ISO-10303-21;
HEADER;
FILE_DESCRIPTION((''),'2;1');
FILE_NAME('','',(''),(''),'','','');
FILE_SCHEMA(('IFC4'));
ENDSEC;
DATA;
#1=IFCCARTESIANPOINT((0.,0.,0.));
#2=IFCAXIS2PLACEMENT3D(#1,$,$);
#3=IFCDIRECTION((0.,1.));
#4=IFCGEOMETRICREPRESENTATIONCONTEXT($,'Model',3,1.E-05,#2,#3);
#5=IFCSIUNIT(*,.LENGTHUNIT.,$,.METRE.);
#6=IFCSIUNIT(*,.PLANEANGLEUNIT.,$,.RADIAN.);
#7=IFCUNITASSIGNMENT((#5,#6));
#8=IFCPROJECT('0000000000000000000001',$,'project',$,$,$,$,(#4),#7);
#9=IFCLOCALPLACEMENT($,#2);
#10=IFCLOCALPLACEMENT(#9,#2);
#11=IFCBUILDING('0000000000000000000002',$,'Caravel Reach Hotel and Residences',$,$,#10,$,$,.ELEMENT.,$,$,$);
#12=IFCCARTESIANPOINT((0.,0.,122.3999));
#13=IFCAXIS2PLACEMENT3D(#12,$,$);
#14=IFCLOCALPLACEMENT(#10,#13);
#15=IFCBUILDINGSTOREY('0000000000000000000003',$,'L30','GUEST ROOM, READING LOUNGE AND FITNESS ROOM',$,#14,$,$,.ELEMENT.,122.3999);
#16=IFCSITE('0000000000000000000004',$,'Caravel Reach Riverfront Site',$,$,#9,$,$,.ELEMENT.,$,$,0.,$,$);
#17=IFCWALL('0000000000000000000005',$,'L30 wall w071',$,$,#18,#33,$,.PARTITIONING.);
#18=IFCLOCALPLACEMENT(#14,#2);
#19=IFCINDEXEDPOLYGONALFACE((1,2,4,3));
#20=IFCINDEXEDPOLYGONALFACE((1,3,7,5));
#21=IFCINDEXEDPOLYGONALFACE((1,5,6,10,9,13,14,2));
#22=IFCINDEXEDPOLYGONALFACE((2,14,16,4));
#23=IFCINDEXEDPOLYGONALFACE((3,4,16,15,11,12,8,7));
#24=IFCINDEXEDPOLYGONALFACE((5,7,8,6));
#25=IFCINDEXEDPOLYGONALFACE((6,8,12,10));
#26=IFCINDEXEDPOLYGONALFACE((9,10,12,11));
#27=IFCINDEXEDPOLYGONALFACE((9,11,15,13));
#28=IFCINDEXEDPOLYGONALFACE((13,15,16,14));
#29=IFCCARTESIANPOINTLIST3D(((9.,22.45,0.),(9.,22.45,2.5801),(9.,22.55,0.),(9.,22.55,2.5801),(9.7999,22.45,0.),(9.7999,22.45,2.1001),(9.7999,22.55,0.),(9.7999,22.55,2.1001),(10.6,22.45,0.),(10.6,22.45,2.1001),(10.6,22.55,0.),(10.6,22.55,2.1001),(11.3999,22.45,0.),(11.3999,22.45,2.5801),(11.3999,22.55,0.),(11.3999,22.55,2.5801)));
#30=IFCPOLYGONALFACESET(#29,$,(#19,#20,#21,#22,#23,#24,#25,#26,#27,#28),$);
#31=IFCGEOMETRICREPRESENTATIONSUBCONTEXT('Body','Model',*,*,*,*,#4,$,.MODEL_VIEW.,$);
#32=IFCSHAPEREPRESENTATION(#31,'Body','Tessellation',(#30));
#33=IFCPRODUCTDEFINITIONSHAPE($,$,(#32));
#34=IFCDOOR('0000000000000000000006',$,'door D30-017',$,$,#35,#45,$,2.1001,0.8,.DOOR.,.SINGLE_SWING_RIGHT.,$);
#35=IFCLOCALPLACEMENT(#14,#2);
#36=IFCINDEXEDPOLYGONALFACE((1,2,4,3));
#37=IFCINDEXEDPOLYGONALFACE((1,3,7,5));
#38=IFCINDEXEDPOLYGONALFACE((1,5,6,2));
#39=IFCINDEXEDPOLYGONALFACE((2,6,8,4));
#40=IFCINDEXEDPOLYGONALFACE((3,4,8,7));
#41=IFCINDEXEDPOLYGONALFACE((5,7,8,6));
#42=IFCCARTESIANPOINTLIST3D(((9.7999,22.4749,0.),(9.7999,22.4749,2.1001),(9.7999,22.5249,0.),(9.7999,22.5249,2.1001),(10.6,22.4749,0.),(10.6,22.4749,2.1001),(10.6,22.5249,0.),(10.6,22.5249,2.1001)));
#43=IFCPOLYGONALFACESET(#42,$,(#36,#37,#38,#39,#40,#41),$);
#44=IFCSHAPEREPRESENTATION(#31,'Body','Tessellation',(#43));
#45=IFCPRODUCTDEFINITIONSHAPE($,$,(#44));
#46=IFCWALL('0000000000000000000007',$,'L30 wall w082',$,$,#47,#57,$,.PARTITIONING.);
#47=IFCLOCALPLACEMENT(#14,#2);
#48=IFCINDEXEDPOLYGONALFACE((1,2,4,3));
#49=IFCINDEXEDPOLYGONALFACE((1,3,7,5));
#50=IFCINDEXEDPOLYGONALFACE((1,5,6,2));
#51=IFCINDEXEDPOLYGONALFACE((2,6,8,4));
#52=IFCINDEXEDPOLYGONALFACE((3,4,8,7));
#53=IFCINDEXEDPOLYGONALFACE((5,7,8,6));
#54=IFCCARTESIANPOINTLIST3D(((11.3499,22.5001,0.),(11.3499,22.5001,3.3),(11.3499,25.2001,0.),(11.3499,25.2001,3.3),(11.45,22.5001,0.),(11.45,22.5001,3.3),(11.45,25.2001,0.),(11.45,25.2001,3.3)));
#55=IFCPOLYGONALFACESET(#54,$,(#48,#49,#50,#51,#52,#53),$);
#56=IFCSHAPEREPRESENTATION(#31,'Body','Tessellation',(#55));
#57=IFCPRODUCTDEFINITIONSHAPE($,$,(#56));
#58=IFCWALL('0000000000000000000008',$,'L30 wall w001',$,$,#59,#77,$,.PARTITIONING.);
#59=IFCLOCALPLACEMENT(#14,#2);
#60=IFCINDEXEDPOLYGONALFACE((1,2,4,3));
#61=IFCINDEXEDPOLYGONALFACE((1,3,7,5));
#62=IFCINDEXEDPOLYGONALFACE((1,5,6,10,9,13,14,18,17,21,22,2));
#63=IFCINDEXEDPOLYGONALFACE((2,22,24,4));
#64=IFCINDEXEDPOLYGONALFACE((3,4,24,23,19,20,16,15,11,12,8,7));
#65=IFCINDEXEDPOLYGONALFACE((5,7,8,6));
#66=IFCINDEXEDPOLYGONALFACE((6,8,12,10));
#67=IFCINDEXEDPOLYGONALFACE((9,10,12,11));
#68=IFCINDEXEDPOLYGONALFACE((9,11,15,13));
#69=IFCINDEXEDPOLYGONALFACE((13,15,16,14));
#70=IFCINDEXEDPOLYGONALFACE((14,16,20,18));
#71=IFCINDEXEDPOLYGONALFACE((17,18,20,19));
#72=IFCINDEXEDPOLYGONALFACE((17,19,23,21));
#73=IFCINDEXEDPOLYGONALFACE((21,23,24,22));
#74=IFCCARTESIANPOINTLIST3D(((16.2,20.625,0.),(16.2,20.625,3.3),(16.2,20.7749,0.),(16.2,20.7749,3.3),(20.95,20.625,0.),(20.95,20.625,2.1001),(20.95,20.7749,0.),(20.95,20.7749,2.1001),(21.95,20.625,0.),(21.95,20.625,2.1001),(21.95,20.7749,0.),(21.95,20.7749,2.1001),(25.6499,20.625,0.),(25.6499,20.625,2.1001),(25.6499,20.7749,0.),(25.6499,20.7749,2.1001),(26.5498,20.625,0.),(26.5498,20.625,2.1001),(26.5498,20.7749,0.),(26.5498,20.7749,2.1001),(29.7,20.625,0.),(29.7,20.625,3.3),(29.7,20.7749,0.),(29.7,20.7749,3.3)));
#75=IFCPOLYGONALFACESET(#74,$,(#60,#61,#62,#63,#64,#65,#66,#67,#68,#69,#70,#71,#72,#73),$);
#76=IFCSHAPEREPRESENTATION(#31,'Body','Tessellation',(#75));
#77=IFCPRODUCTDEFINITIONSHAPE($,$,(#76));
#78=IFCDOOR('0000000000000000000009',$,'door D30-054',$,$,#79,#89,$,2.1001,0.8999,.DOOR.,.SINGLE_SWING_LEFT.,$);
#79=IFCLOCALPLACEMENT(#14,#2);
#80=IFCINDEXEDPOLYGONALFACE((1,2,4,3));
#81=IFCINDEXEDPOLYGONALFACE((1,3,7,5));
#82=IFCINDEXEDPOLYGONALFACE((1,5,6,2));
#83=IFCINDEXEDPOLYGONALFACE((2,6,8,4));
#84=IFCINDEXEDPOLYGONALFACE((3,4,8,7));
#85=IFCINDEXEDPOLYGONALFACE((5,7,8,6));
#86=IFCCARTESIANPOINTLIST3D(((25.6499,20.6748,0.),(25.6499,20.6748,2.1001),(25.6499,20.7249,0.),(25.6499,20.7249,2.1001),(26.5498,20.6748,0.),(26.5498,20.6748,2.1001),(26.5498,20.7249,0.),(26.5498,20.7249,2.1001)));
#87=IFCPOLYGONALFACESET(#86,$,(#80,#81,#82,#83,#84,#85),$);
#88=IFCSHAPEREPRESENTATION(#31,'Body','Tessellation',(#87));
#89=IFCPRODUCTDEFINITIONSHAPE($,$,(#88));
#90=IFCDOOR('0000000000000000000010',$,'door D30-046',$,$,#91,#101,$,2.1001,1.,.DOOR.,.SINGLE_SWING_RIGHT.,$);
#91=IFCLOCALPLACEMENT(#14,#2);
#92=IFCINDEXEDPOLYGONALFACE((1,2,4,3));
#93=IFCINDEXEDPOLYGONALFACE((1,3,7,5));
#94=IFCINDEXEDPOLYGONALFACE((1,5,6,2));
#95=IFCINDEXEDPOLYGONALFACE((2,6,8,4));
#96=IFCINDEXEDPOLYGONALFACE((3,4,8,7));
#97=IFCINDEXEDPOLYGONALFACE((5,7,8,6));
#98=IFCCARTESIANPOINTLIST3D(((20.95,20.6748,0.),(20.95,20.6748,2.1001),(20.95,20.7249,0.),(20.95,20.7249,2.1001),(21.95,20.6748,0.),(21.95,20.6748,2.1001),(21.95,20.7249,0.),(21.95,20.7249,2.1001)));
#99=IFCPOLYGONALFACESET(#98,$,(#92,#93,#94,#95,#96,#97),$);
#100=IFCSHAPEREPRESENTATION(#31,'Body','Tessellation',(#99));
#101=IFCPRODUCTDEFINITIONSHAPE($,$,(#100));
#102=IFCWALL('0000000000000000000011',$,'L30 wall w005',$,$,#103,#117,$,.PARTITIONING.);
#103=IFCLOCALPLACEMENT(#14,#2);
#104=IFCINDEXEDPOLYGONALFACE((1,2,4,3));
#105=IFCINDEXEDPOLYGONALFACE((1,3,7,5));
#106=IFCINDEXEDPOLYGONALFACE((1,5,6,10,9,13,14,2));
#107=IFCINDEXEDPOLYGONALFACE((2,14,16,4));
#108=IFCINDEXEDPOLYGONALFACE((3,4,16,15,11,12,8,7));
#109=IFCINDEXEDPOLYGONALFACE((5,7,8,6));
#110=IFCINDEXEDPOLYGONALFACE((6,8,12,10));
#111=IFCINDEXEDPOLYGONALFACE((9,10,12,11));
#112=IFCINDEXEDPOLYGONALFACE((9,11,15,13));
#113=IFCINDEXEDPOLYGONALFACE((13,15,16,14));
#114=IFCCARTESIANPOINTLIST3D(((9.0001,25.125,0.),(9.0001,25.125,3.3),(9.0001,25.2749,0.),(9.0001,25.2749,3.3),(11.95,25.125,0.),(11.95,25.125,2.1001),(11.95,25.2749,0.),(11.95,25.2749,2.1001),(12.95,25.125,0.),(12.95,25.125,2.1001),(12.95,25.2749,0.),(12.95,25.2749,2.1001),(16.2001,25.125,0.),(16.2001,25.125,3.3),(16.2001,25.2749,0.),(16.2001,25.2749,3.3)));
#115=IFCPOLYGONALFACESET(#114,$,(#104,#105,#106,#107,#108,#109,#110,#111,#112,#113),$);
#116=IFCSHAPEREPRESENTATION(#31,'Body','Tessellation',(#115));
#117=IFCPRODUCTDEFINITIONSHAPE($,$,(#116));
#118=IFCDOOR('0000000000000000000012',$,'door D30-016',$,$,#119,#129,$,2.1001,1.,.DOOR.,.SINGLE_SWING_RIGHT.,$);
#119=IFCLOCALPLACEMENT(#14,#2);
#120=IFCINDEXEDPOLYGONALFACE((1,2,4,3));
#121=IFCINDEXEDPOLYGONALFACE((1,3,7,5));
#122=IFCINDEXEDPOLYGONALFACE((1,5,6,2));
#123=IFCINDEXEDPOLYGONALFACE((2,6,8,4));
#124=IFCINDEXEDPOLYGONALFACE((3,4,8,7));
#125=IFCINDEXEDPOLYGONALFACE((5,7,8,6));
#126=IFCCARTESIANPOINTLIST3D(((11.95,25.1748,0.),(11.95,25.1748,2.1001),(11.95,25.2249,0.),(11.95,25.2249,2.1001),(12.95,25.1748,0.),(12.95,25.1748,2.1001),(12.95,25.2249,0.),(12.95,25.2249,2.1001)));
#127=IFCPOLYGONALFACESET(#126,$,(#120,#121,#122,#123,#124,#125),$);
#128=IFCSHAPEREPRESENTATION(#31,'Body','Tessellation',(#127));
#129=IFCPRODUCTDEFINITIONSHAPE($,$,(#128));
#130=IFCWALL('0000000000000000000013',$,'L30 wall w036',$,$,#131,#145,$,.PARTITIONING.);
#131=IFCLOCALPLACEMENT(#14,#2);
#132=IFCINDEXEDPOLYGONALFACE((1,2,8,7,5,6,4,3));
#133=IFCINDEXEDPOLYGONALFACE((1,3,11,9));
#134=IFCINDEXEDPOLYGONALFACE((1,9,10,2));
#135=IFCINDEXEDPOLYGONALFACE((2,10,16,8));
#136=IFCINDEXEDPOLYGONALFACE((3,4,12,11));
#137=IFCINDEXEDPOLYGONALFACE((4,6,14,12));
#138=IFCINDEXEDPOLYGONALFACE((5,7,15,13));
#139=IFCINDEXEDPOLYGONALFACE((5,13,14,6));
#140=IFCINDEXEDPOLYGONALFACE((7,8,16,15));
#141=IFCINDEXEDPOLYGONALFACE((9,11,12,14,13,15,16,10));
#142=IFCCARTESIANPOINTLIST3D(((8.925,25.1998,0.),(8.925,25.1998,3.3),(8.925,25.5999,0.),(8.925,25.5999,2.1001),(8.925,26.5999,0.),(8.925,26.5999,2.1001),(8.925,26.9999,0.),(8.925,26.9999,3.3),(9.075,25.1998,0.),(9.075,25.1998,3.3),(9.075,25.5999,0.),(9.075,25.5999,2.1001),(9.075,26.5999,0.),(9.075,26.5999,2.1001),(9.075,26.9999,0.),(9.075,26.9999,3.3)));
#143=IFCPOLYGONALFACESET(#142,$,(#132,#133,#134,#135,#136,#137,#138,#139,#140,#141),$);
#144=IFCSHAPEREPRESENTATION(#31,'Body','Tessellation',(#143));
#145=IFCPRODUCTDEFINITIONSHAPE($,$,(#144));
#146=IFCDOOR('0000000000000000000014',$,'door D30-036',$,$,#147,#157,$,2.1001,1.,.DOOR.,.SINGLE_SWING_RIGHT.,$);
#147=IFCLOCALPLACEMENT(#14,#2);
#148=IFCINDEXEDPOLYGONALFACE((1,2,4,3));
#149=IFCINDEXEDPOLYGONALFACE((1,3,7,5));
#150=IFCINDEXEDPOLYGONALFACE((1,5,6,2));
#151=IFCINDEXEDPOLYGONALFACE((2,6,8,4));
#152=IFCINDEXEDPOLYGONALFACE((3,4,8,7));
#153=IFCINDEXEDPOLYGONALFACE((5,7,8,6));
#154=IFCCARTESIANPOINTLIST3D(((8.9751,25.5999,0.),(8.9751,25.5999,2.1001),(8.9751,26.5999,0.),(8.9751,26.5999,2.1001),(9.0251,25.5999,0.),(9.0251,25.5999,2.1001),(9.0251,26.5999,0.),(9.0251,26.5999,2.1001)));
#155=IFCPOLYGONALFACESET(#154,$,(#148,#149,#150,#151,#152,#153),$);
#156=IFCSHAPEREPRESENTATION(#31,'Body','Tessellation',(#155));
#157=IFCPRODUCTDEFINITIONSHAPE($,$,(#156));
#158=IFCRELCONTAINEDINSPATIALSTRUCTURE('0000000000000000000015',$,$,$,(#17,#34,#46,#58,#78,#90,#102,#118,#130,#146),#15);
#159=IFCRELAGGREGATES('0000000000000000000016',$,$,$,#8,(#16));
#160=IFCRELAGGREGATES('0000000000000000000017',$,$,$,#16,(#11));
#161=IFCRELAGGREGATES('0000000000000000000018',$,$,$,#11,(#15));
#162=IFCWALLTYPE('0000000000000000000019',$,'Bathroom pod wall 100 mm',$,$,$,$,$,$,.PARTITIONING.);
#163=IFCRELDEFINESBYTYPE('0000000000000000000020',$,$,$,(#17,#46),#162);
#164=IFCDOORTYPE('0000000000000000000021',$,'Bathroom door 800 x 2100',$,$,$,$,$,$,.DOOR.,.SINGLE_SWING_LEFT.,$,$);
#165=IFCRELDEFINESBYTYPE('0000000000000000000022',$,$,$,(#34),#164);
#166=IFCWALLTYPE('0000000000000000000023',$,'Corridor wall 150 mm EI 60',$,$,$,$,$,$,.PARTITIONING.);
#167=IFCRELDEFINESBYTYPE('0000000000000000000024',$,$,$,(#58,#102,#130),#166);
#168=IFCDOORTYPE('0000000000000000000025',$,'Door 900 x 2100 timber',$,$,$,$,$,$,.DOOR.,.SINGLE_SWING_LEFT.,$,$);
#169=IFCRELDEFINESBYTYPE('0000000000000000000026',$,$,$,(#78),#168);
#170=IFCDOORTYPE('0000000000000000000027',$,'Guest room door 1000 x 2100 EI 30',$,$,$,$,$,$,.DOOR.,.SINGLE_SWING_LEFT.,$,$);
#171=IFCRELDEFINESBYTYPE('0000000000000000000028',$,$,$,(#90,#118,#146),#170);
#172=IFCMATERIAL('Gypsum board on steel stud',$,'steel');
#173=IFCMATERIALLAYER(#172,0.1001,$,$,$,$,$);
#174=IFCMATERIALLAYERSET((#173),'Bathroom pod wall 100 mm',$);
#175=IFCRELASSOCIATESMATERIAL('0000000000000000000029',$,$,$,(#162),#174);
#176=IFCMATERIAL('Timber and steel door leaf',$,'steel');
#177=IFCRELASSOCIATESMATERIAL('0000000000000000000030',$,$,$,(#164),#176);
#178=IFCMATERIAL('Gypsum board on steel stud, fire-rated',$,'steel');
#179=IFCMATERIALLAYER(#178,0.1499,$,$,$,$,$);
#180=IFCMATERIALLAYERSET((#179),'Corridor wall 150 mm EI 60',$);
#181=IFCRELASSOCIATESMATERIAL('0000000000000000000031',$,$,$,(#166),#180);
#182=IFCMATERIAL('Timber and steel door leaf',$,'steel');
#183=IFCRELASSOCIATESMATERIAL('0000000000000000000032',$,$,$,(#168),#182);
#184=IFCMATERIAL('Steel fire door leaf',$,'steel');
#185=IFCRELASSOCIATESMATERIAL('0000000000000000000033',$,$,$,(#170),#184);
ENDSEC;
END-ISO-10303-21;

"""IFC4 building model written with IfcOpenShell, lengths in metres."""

from ifc_helpers import new_model, si_unit, direction, frame, frame_2d, origin, place, context, subcontext, project, spatial, rectangle, extrude, material, layer, layer_set, type_object, element, fill, save


model = new_model("IFC4")

# Units and contexts
model_context = context("Model", 3, precision=1e-05, world=origin(), true_north=direction((0.0, 1.0)))
body_context = subcontext(model_context, "Body", "Model", "MODEL_VIEW")
ifc_project = project(units=[si_unit("LENGTHUNIT", "METRE"), si_unit("PLANEANGLEUNIT", "RADIAN")], contexts=[model_context])

# Site, building, storey
site_placement = place(None, origin())
site = spatial("IfcSite", under=ifc_project, at=site_placement, Name="Caravel Reach Riverfront Site", CompositionType="ELEMENT", RefElevation=0.0)
building_placement = place(site_placement, origin())
building = spatial("IfcBuilding", under=site, at=building_placement, Name="Caravel Reach Hotel and Residences", CompositionType="ELEMENT")
storey_placement = place(building_placement, frame((0.0, 0.0, 122.3999)))
storey = spatial("IfcBuildingStorey", under=building, at=storey_placement, Name="L30", Description="GUEST ROOM, READING LOUNGE AND FITNESS ROOM", CompositionType="ELEMENT", Elevation=122.3999)

# Wall, opening, door
ifc_material_1 = material(Name="Gypsum board on steel stud", Category="steel")
ifc_layer_1 = layer(ifc_material_1, 0.1001)
ifc_layer_set_1 = layer_set([ifc_layer_1], Name="Bathroom pod wall 100 mm")
wall_type_1 = type_object("IfcWallType", Name="Bathroom pod wall 100 mm", PredefinedType="PARTITIONING", material=ifc_layer_set_1)
wall_1_placement = place(storey_placement, frame((9.0, 22.5, 0.0), z_axis=(0.0, 0.0, 1.0), x_axis=(1.0, 0.0, 0.0)))
wall_1 = element("IfcWall", 1, at=wall_1_placement, inside=storey, type_object=wall_type_1, Name="L30 wall w071", PredefinedType="PARTITIONING", context=body_context, shape_type="SweptSolid", body=[
    extrude(rectangle(XDim=2.3999, YDim=0.1001, at=frame_2d((1.2, 0.0))), origin(), (0.0, 0.0, 1.0), 2.5801),
])
opening_1_placement = place(wall_1_placement, frame((0.8, 0.0, 0.0)))
opening_1 = element("IfcOpeningElement", 2, at=opening_1_placement, cuts=wall_1, PredefinedType="OPENING", context=body_context, shape_type="SweptSolid", body=[
    extrude(rectangle(XDim=0.8, YDim=2.1001, at=frame_2d((0.3999, 1.05))), frame((0.0, 0.0601, 0.0), z_axis=(0.0, -1.0, 0.0), x_axis=(1.0, 0.0, 0.0)), (0.0, 0.0, 1.0), 0.1201),
])
ifc_material_2 = material(Name="Timber and steel door leaf", Category="steel")
door_type_1 = type_object("IfcDoorType", Name="Bathroom door 800 x 2100", OperationType="SINGLE_SWING_LEFT", PredefinedType="DOOR", material=ifc_material_2)
door_1_placement = place(opening_1_placement, origin())
door_1 = element("IfcDoor", 3, at=door_1_placement, inside=storey, type_object=door_type_1, Name="door D30-017", OperationType="SINGLE_SWING_RIGHT", OverallHeight=2.1001, OverallWidth=0.8, PredefinedType="DOOR", context=body_context, shape_type="SweptSolid", body=[
    extrude(rectangle(XDim=0.8, YDim=2.1001, at=frame_2d((0.3999, 1.05))), frame((0.0, 0.0249, 0.0), z_axis=(0.0, -1.0, 0.0), x_axis=(1.0, 0.0, 0.0)), (0.0, 0.0, 1.0), 0.05),
])
fill(opening_1, door_1)

# Wall
wall_2_placement = place(storey_placement, frame((11.3999, 22.5, 0.0), z_axis=(0.0, 0.0, 1.0), x_axis=(0.0, 1.0, 0.0)))
element("IfcWall", 4, at=wall_2_placement, inside=storey, type_object=wall_type_1, Name="L30 wall w082", PredefinedType="PARTITIONING", context=body_context, shape_type="SweptSolid", body=[
    extrude(rectangle(XDim=2.7, YDim=0.1001, at=frame_2d((1.3501, 0.0))), origin(), (0.0, 0.0, 1.0), 3.3),
])

# Wall, openings, doors
ifc_material_3 = material(Name="Gypsum board on steel stud, fire-rated", Category="steel")
ifc_layer_2 = layer(ifc_material_3, 0.1499)
ifc_layer_set_2 = layer_set([ifc_layer_2], Name="Corridor wall 150 mm EI 60")
wall_type_2 = type_object("IfcWallType", Name="Corridor wall 150 mm EI 60", PredefinedType="PARTITIONING", material=ifc_layer_set_2)
wall_3_placement = place(storey_placement, frame((16.2, 20.7, 0.0), z_axis=(0.0, 0.0, 1.0), x_axis=(1.0, 0.0, 0.0)))
wall_3 = element("IfcWall", 5, at=wall_3_placement, inside=storey, type_object=wall_type_2, Name="L30 wall w001", PredefinedType="PARTITIONING", context=body_context, shape_type="SweptSolid", body=[
    extrude(rectangle(XDim=13.5, YDim=0.1499, at=frame_2d((6.75, 0.0))), origin(), (0.0, 0.0, 1.0), 3.3),
])
opening_2_placement = place(wall_3_placement, frame((4.75, 0.0, 0.0)))
opening_2 = element("IfcOpeningElement", 6, at=opening_2_placement, cuts=wall_3, PredefinedType="OPENING", context=body_context, shape_type="SweptSolid", body=[
    extrude(rectangle(XDim=1.0, YDim=2.1001, at=frame_2d((0.5, 1.05))), frame((0.0, 0.085, 0.0), z_axis=(0.0, -1.0, 0.0), x_axis=(1.0, 0.0, 0.0)), (0.0, 0.0, 1.0), 0.1699),
])
opening_3_placement = place(wall_3_placement, frame((9.45, 0.0, 0.0)))
opening_3 = element("IfcOpeningElement", 7, at=opening_3_placement, cuts=wall_3, PredefinedType="OPENING", context=body_context, shape_type="SweptSolid", body=[
    extrude(rectangle(XDim=0.8999, YDim=2.1001, at=frame_2d((0.45, 1.05))), frame((0.0, 0.085, 0.0), z_axis=(0.0, -1.0, 0.0), x_axis=(1.0, 0.0, 0.0)), (0.0, 0.0, 1.0), 0.1699),
])
ifc_material_4 = material(Name="Timber and steel door leaf", Category="steel")
door_type_2 = type_object("IfcDoorType", Name="Door 900 x 2100 timber", OperationType="SINGLE_SWING_LEFT", PredefinedType="DOOR", material=ifc_material_4)
door_2_placement = place(opening_3_placement, origin())
door_2 = element("IfcDoor", 8, at=door_2_placement, inside=storey, type_object=door_type_2, Name="door D30-054", OperationType="SINGLE_SWING_LEFT", OverallHeight=2.1001, OverallWidth=0.8999, PredefinedType="DOOR", context=body_context, shape_type="SweptSolid", body=[
    extrude(rectangle(XDim=0.8999, YDim=2.1001, at=frame_2d((0.45, 1.05))), frame((0.0, 0.0249, 0.0), z_axis=(0.0, -1.0, 0.0), x_axis=(1.0, 0.0, 0.0)), (0.0, 0.0, 1.0), 0.05),
])
fill(opening_3, door_2)
ifc_material_5 = material(Name="Steel fire door leaf", Category="steel")
door_type_3 = type_object("IfcDoorType", Name="Guest room door 1000 x 2100 EI 30", OperationType="SINGLE_SWING_LEFT", PredefinedType="DOOR", material=ifc_material_5)
door_3_placement = place(opening_2_placement, origin())
door_3 = element("IfcDoor", 9, at=door_3_placement, inside=storey, type_object=door_type_3, Name="door D30-046", OperationType="SINGLE_SWING_RIGHT", OverallHeight=2.1001, OverallWidth=1.0, PredefinedType="DOOR", context=body_context, shape_type="SweptSolid", body=[
    extrude(rectangle(XDim=1.0, YDim=2.1001, at=frame_2d((0.5, 1.05))), frame((0.0, 0.0249, 0.0), z_axis=(0.0, -1.0, 0.0), x_axis=(1.0, 0.0, 0.0)), (0.0, 0.0, 1.0), 0.05),
])
fill(opening_2, door_3)

# Walls, openings, doors
wall_4_placement = place(storey_placement, frame((9.0, 25.2, 0.0), z_axis=(0.0, 0.0, 1.0), x_axis=(1.0, 0.0, 0.0)))
wall_4 = element("IfcWall", 10, at=wall_4_placement, inside=storey, type_object=wall_type_2, Name="L30 wall w005", PredefinedType="PARTITIONING", context=body_context, shape_type="SweptSolid", body=[
    extrude(rectangle(XDim=7.2, YDim=0.1499, at=frame_2d((3.6001, 0.0))), origin(), (0.0, 0.0, 1.0), 3.3),
])
opening_4_placement = place(wall_4_placement, frame((2.95, 0.0, 0.0)))
opening_4 = element("IfcOpeningElement", 11, at=opening_4_placement, cuts=wall_4, PredefinedType="OPENING", context=body_context, shape_type="SweptSolid", body=[
    extrude(rectangle(XDim=1.0, YDim=2.1001, at=frame_2d((0.5, 1.05))), frame((0.0, 0.085, 0.0), z_axis=(0.0, -1.0, 0.0), x_axis=(1.0, 0.0, 0.0)), (0.0, 0.0, 1.0), 0.1699),
])
door_4_placement = place(opening_4_placement, origin())
door_4 = element("IfcDoor", 12, at=door_4_placement, inside=storey, type_object=door_type_3, Name="door D30-016", OperationType="SINGLE_SWING_RIGHT", OverallHeight=2.1001, OverallWidth=1.0, PredefinedType="DOOR", context=body_context, shape_type="SweptSolid", body=[
    extrude(rectangle(XDim=1.0, YDim=2.1001, at=frame_2d((0.5, 1.05))), frame((0.0, 0.0249, 0.0), z_axis=(0.0, -1.0, 0.0), x_axis=(1.0, 0.0, 0.0)), (0.0, 0.0, 1.0), 0.05),
])
fill(opening_4, door_4)
wall_5_placement = place(storey_placement, frame((9.0, 25.2, 0.0), z_axis=(0.0, 0.0, 1.0), x_axis=(0.0, 1.0, 0.0)))
wall_5 = element("IfcWall", 13, at=wall_5_placement, inside=storey, type_object=wall_type_2, Name="L30 wall w036", PredefinedType="PARTITIONING", context=body_context, shape_type="SweptSolid", body=[
    extrude(rectangle(XDim=1.8, YDim=0.1499, at=frame_2d((0.8999, 0.0))), origin(), (0.0, 0.0, 1.0), 3.3),
])
opening_5_placement = place(wall_5_placement, frame((0.3999, 0.0, 0.0)))
opening_5 = element("IfcOpeningElement", 14, at=opening_5_placement, cuts=wall_5, PredefinedType="OPENING", context=body_context, shape_type="SweptSolid", body=[
    extrude(rectangle(XDim=1.0, YDim=2.1001, at=frame_2d((0.5, 1.05))), frame((0.0, 0.085, 0.0), z_axis=(0.0, -1.0, 0.0), x_axis=(1.0, 0.0, 0.0)), (0.0, 0.0, 1.0), 0.1699),
])
door_5_placement = place(opening_5_placement, origin())
door_5 = element("IfcDoor", 15, at=door_5_placement, inside=storey, type_object=door_type_3, Name="door D30-036", OperationType="SINGLE_SWING_RIGHT", OverallHeight=2.1001, OverallWidth=1.0, PredefinedType="DOOR", context=body_context, shape_type="SweptSolid", body=[
    extrude(rectangle(XDim=1.0, YDim=2.1001, at=frame_2d((0.5, 1.05))), frame((0.0, 0.0249, 0.0), z_axis=(0.0, -1.0, 0.0), x_axis=(1.0, 0.0, 0.0)), (0.0, 0.0, 1.0), 0.05),
])
fill(opening_5, door_5)

save(model, "model.ifc")
